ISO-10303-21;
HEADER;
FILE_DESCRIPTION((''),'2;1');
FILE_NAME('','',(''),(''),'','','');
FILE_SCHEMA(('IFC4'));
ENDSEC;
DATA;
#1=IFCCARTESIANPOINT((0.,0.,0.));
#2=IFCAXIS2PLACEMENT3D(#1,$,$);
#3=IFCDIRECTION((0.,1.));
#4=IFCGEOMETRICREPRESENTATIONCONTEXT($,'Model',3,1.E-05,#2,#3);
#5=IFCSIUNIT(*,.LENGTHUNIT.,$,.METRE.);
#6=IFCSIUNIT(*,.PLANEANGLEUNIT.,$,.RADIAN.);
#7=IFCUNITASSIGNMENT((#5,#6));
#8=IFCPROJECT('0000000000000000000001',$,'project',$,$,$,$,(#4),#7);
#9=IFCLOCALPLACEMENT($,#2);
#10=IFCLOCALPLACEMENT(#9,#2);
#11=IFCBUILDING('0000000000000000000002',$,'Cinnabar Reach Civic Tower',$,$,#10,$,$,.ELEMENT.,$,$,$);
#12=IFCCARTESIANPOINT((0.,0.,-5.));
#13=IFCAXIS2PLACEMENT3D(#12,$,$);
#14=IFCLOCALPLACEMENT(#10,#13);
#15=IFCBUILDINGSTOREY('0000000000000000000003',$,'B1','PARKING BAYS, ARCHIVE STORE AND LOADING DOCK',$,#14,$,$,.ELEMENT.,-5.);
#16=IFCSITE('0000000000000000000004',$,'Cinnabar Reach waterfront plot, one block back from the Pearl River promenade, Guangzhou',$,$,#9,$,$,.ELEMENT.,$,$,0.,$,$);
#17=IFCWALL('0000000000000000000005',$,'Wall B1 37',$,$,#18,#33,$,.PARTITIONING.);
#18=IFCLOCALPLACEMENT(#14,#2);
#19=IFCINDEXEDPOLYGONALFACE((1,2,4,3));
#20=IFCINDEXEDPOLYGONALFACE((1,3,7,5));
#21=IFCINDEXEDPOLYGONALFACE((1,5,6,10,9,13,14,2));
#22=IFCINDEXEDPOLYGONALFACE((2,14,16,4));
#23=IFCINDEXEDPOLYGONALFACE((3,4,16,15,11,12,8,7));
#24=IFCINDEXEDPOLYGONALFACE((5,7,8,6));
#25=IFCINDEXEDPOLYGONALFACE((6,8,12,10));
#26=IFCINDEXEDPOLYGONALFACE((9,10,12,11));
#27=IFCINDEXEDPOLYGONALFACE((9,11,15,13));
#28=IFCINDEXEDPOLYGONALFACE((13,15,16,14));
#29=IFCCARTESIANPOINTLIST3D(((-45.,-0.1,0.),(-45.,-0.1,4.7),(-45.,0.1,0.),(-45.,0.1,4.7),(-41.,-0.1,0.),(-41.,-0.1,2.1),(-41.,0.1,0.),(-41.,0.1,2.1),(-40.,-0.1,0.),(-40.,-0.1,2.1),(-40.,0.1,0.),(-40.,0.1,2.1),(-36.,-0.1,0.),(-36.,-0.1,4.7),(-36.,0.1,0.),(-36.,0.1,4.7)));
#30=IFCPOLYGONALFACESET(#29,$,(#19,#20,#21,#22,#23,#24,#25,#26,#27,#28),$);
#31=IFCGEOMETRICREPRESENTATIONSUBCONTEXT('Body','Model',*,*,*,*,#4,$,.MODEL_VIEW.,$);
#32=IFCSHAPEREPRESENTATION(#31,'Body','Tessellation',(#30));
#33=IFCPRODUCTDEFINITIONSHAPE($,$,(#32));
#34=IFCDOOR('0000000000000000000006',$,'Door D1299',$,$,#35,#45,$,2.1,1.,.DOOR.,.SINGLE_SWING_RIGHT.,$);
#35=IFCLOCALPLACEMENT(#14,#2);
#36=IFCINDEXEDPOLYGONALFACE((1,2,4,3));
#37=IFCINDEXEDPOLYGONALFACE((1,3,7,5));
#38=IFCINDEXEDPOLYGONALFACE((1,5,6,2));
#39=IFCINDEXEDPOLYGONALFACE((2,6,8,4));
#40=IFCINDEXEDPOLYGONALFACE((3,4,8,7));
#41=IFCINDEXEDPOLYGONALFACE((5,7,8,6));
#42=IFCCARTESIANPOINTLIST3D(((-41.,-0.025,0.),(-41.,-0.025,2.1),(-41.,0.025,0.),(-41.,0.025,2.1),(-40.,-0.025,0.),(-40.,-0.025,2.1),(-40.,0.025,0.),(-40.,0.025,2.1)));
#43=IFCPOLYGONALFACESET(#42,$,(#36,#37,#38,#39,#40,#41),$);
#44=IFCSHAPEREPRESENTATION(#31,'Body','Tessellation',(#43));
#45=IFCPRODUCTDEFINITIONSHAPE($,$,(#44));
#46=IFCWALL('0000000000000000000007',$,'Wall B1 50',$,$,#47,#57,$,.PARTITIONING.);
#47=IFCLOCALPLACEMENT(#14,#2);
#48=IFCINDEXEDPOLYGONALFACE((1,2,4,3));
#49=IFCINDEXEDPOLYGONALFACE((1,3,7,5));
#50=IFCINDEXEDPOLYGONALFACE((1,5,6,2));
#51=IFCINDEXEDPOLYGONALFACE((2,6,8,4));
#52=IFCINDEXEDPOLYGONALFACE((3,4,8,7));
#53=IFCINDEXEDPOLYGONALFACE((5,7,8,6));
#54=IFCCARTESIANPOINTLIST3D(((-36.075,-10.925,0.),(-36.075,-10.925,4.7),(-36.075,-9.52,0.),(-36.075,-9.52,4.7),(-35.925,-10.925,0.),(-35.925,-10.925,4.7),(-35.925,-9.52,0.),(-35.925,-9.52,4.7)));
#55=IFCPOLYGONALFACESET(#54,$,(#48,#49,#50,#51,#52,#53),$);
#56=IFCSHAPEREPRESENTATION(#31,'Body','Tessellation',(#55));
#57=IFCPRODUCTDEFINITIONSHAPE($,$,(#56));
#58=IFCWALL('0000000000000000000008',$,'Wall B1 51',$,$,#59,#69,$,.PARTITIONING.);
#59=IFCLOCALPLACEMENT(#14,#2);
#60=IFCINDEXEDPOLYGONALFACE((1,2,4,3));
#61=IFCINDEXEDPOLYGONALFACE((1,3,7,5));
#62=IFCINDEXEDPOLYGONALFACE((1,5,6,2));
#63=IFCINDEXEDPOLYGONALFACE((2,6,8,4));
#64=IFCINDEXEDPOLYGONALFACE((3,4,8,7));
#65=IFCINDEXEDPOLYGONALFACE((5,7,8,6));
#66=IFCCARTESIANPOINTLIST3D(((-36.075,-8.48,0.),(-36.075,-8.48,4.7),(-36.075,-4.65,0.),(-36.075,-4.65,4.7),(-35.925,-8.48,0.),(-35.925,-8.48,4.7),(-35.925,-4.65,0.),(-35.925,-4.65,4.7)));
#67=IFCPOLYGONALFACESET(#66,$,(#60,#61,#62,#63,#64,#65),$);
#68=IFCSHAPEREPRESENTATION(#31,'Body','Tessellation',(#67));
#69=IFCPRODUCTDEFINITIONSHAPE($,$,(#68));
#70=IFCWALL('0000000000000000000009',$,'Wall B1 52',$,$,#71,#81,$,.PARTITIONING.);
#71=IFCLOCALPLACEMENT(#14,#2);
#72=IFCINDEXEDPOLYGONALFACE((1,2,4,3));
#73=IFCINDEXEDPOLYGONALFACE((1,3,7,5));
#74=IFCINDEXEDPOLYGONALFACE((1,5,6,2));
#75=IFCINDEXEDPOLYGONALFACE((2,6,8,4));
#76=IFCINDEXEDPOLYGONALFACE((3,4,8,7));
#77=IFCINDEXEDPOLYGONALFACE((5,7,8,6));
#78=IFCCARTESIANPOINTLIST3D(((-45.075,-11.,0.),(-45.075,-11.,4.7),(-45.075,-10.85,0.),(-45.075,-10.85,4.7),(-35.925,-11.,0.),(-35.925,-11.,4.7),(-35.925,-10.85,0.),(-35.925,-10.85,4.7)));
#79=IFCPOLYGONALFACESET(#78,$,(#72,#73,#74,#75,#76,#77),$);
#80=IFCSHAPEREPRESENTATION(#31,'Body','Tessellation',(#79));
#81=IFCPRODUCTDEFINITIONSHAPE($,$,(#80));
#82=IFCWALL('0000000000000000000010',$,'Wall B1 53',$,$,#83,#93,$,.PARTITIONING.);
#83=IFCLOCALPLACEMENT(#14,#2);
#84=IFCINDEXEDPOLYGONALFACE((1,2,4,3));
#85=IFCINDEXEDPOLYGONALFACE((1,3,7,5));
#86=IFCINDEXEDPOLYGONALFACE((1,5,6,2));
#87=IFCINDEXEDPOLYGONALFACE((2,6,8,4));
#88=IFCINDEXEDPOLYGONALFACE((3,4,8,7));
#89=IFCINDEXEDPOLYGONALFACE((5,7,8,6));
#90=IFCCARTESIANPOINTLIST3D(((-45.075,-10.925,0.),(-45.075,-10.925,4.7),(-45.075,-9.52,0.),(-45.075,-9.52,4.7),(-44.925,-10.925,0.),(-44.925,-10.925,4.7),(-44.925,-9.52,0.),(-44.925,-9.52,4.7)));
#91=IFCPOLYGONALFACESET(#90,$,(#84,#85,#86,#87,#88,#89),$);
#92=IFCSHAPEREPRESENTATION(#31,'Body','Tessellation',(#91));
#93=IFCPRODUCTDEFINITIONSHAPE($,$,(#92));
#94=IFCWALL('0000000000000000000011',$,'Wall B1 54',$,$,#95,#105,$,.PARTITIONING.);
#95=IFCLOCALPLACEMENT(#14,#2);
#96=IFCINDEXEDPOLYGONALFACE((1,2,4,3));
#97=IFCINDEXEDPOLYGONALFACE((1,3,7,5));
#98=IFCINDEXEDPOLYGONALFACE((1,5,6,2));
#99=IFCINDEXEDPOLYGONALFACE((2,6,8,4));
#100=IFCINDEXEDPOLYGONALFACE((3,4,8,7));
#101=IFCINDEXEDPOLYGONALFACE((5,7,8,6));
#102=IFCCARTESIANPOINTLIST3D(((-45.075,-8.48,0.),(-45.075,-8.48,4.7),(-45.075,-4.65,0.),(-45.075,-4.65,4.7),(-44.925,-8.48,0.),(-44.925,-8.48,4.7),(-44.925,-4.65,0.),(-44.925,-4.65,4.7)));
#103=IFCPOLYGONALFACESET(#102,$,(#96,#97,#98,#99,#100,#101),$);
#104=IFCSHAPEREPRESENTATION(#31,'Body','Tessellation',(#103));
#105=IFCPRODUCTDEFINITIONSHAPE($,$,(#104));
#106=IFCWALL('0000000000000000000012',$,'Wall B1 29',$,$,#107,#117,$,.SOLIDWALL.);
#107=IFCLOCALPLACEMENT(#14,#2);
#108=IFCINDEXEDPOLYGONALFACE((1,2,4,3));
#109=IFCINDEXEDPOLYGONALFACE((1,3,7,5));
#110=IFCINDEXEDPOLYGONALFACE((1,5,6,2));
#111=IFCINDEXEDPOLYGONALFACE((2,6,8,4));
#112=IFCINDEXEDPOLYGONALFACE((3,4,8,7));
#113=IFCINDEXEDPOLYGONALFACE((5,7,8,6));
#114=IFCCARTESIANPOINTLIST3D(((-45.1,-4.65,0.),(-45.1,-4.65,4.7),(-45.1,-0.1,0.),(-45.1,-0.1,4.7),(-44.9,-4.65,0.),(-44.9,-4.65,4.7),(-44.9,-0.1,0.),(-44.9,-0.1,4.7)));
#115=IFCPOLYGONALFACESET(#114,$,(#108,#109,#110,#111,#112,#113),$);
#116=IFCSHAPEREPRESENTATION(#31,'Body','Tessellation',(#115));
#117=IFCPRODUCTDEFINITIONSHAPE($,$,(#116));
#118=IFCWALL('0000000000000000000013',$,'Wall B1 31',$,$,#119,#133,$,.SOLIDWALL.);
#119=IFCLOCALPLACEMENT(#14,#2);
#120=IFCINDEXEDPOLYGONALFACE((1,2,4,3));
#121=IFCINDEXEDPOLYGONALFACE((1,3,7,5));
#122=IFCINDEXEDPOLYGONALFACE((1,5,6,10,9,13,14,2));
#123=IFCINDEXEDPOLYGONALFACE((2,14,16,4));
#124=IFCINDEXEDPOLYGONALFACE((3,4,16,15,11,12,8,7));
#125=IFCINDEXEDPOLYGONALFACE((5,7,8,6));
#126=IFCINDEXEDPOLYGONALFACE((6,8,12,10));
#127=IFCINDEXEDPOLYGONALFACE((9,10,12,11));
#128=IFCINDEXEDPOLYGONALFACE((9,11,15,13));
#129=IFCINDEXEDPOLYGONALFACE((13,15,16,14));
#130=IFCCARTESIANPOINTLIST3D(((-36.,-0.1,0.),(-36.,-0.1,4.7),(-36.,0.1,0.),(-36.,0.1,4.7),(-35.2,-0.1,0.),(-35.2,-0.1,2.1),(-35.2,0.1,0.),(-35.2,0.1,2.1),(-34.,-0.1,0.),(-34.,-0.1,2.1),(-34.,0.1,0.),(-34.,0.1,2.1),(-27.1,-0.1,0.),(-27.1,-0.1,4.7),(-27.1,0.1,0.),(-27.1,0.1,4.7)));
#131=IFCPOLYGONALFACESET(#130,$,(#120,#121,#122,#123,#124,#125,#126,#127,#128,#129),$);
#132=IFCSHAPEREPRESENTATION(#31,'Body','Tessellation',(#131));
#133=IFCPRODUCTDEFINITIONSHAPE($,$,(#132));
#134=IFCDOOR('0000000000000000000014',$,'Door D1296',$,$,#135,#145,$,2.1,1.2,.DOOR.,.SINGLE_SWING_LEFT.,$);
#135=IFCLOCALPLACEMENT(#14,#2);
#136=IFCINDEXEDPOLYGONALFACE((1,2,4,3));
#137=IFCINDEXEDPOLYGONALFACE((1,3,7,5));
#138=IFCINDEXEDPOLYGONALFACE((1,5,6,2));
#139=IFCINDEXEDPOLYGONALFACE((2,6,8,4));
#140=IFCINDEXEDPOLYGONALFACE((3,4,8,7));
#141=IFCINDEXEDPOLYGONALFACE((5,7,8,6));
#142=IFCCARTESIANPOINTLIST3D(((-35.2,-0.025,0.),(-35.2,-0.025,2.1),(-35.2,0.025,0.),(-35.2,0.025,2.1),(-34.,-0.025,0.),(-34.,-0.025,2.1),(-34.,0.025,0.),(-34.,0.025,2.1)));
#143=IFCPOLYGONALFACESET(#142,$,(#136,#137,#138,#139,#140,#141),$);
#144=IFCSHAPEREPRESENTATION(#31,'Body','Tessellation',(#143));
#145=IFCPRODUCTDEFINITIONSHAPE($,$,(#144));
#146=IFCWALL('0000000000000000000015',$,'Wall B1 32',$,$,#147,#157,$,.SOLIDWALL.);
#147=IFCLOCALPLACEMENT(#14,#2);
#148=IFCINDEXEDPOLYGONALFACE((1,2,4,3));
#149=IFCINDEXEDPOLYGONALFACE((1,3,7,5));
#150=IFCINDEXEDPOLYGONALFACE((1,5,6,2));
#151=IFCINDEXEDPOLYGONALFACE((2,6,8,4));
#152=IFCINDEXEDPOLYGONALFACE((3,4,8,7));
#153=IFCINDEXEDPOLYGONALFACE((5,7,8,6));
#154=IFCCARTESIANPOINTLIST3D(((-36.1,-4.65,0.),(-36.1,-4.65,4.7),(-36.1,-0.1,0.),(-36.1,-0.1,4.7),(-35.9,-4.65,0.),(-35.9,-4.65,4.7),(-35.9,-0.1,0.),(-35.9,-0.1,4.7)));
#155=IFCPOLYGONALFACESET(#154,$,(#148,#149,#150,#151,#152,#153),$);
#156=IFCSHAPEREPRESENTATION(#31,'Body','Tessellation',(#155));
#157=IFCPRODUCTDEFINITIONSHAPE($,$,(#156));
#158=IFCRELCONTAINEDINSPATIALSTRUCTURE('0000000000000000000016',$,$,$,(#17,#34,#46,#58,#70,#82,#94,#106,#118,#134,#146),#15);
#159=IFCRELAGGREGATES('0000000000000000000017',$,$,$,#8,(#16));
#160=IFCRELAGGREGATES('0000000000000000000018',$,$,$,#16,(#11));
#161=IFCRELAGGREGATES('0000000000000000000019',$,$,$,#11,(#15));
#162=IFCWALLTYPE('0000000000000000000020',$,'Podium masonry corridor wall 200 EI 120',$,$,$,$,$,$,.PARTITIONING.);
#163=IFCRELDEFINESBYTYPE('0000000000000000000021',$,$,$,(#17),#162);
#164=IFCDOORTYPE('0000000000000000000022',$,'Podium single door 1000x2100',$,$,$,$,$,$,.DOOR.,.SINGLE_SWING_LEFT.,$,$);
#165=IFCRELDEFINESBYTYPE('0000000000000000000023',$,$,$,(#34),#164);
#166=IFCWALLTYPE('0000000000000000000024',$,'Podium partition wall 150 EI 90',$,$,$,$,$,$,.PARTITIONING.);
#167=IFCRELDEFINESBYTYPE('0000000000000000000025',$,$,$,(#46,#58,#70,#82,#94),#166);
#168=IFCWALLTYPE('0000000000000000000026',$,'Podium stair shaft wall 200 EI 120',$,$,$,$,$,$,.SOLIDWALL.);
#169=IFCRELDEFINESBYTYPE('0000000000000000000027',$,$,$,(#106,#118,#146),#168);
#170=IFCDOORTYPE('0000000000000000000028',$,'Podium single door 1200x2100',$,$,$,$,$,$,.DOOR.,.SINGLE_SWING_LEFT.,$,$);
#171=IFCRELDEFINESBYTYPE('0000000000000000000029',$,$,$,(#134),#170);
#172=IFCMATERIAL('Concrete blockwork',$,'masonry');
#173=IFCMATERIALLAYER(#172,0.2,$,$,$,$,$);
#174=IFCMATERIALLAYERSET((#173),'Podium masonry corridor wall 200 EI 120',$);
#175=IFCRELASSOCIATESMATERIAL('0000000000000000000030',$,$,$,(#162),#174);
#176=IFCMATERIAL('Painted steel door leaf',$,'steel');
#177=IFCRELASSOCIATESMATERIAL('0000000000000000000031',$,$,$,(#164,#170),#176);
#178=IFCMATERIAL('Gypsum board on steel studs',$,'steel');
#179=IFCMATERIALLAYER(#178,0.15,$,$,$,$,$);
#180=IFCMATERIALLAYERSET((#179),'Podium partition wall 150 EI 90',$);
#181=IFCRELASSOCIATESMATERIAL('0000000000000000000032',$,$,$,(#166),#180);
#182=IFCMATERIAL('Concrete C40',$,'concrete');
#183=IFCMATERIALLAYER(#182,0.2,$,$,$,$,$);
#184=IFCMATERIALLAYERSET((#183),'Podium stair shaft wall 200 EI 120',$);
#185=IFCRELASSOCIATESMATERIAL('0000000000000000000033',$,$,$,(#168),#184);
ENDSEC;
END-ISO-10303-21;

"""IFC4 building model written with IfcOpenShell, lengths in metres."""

from ifc_helpers import new_model, si_unit, direction, frame, frame_2d, origin, place, context, subcontext, project, spatial, rectangle, extrude, material, layer, layer_set, type_object, element, fill, save


model = new_model("IFC4")

# Units and contexts
model_context = context("Model", 3, precision=1e-05, world=origin(), true_north=direction((0.0, 1.0)))
body_context = subcontext(model_context, "Body", "Model", "MODEL_VIEW")
ifc_project = project(units=[si_unit("LENGTHUNIT", "METRE"), si_unit("PLANEANGLEUNIT", "RADIAN")], contexts=[model_context])

# Site, building, storey
site_placement = place(None, origin())
site = spatial("IfcSite", under=ifc_project, at=site_placement, Name="Cinnabar Reach waterfront plot, one block back from the Pearl River promenade, Guangzhou", CompositionType="ELEMENT", RefElevation=0.0)
building_placement = place(site_placement, origin())
building = spatial("IfcBuilding", under=site, at=building_placement, Name="Cinnabar Reach Civic Tower", CompositionType="ELEMENT")
storey_placement = place(building_placement, frame((0.0, 0.0, -5.0)))
storey = spatial("IfcBuildingStorey", under=building, at=storey_placement, Name="B1", Description="PARKING BAYS, ARCHIVE STORE AND LOADING DOCK", CompositionType="ELEMENT", Elevation=-5.0)

# Wall, opening, door
ifc_material_1 = material(Name="Concrete blockwork", Category="masonry")
ifc_layer_1 = layer(ifc_material_1, 0.2)
ifc_layer_set_1 = layer_set([ifc_layer_1], Name="Podium masonry corridor wall 200 EI 120")
wall_type_1 = type_object("IfcWallType", Name="Podium masonry corridor wall 200 EI 120", PredefinedType="PARTITIONING", material=ifc_layer_set_1)
wall_1_placement = place(storey_placement, frame((-45.0, 0.0, 0.0), z_axis=(0.0, 0.0, 1.0), x_axis=(1.0, 0.0, 0.0)))
wall_1 = element("IfcWall", 1, at=wall_1_placement, inside=storey, type_object=wall_type_1, Name="Wall B1 37", PredefinedType="PARTITIONING", context=body_context, shape_type="SweptSolid", body=[
    extrude(rectangle(XDim=9.0, YDim=0.2, at=frame_2d((4.5, 0.0))), origin(), (0.0, 0.0, 1.0), 4.7),
])
opening_1_placement = place(wall_1_placement, frame((4.0, 0.0, 0.0)))
opening_1 = element("IfcOpeningElement", 2, at=opening_1_placement, cuts=wall_1, PredefinedType="OPENING", context=body_context, shape_type="SweptSolid", body=[
    extrude(rectangle(XDim=1.0, YDim=2.1, at=frame_2d((0.5, 1.05))), frame((0.0, 0.11, 0.0), z_axis=(0.0, -1.0, 0.0), x_axis=(1.0, 0.0, 0.0)), (0.0, 0.0, 1.0), 0.22),
])
ifc_material_2 = material(Name="Painted steel door leaf", Category="steel")
door_type_1 = type_object("IfcDoorType", Name="Podium single door 1000x2100", OperationType="SINGLE_SWING_LEFT", PredefinedType="DOOR", material=ifc_material_2)
door_1_placement = place(opening_1_placement, frame((1.0, 0.0, 0.0), z_axis=(0.0, 0.0, 1.0), x_axis=(-1.0, 0.0, 0.0)))
door_1 = element("IfcDoor", 3, at=door_1_placement, inside=storey, type_object=door_type_1, Name="Door D1299", OperationType="SINGLE_SWING_RIGHT", OverallHeight=2.1, OverallWidth=1.0, PredefinedType="DOOR", context=body_context, shape_type="SweptSolid", body=[
    extrude(rectangle(XDim=1.0, YDim=2.1, at=frame_2d((0.5, 1.05))), frame((0.0, 0.025, 0.0), z_axis=(0.0, -1.0, 0.0), x_axis=(1.0, 0.0, 0.0)), (0.0, 0.0, 1.0), 0.05),
])
fill(opening_1, door_1)

# Walls
ifc_material_3 = material(Name="Gypsum board on steel studs", Category="steel")
ifc_layer_2 = layer(ifc_material_3, 0.15)
ifc_layer_set_2 = layer_set([ifc_layer_2], Name="Podium partition wall 150 EI 90")
wall_type_2 = type_object("IfcWallType", Name="Podium partition wall 150 EI 90", PredefinedType="PARTITIONING", material=ifc_layer_set_2)
wall_2_placement = place(storey_placement, frame((-36.0, -10.925, 0.0), z_axis=(0.0, 0.0, 1.0), x_axis=(0.0, 1.0, 0.0)))
element("IfcWall", 4, at=wall_2_placement, inside=storey, type_object=wall_type_2, Name="Wall B1 50", PredefinedType="PARTITIONING", context=body_context, shape_type="SweptSolid", body=[
    extrude(rectangle(XDim=1.405, YDim=0.15, at=frame_2d((0.7025, 0.0))), origin(), (0.0, 0.0, 1.0), 4.7),
])
wall_3_placement = place(storey_placement, frame((-36.0, -8.48, 0.0), z_axis=(0.0, 0.0, 1.0), x_axis=(0.0, 1.0, 0.0)))
element("IfcWall", 5, at=wall_3_placement, inside=storey, type_object=wall_type_2, Name="Wall B1 51", PredefinedType="PARTITIONING", context=body_context, shape_type="SweptSolid", body=[
    extrude(rectangle(XDim=3.83, YDim=0.15, at=frame_2d((1.915, 0.0))), origin(), (0.0, 0.0, 1.0), 4.7),
])
wall_4_placement = place(storey_placement, frame((-45.075, -10.925, 0.0), z_axis=(0.0, 0.0, 1.0), x_axis=(1.0, 0.0, 0.0)))
element("IfcWall", 6, at=wall_4_placement, inside=storey, type_object=wall_type_2, Name="Wall B1 52", PredefinedType="PARTITIONING", context=body_context, shape_type="SweptSolid", body=[
    extrude(rectangle(XDim=9.15, YDim=0.15, at=frame_2d((4.575, 0.0))), origin(), (0.0, 0.0, 1.0), 4.7),
])
wall_5_placement = place(storey_placement, frame((-45.0, -10.925, 0.0), z_axis=(0.0, 0.0, 1.0), x_axis=(0.0, 1.0, 0.0)))
element("IfcWall", 7, at=wall_5_placement, inside=storey, type_object=wall_type_2, Name="Wall B1 53", PredefinedType="PARTITIONING", context=body_context, shape_type="SweptSolid", body=[
    extrude(rectangle(XDim=1.405, YDim=0.15, at=frame_2d((0.7025, 0.0))), origin(), (0.0, 0.0, 1.0), 4.7),
])
wall_6_placement = place(storey_placement, frame((-45.0, -8.48, 0.0), z_axis=(0.0, 0.0, 1.0), x_axis=(0.0, 1.0, 0.0)))
element("IfcWall", 8, at=wall_6_placement, inside=storey, type_object=wall_type_2, Name="Wall B1 54", PredefinedType="PARTITIONING", context=body_context, shape_type="SweptSolid", body=[
    extrude(rectangle(XDim=3.83, YDim=0.15, at=frame_2d((1.915, 0.0))), origin(), (0.0, 0.0, 1.0), 4.7),
])
ifc_material_4 = material(Name="Concrete C40", Category="concrete")
ifc_layer_3 = layer(ifc_material_4, 0.2)
ifc_layer_set_3 = layer_set([ifc_layer_3], Name="Podium stair shaft wall 200 EI 120")
wall_type_3 = type_object("IfcWallType", Name="Podium stair shaft wall 200 EI 120", PredefinedType="SOLIDWALL", material=ifc_layer_set_3)
wall_7_placement = place(storey_placement, frame((-45.0, -4.65, 0.0), z_axis=(0.0, 0.0, 1.0), x_axis=(0.0, 1.0, 0.0)))
element("IfcWall", 9, at=wall_7_placement, inside=storey, type_object=wall_type_3, Name="Wall B1 29", PredefinedType="SOLIDWALL", context=body_context, shape_type="SweptSolid", body=[
    extrude(rectangle(XDim=4.55, YDim=0.2, at=frame_2d((2.275, 0.0))), origin(), (0.0, 0.0, 1.0), 4.7),
])

# Wall, opening, door
wall_8_placement = place(storey_placement, frame((-36.0, 0.0, 0.0), z_axis=(0.0, 0.0, 1.0), x_axis=(1.0, 0.0, 0.0)))
wall_8 = element("IfcWall", 10, at=wall_8_placement, inside=storey, type_object=wall_type_3, Name="Wall B1 31", PredefinedType="SOLIDWALL", context=body_context, shape_type="SweptSolid", body=[
    extrude(rectangle(XDim=8.9, YDim=0.2, at=frame_2d((4.45, 0.0))), origin(), (0.0, 0.0, 1.0), 4.7),
])
opening_2_placement = place(wall_8_placement, frame((0.8, 0.0, 0.0)))
opening_2 = element("IfcOpeningElement", 11, at=opening_2_placement, cuts=wall_8, PredefinedType="OPENING", context=body_context, shape_type="SweptSolid", body=[
    extrude(rectangle(XDim=1.2, YDim=2.1, at=frame_2d((0.6, 1.05))), frame((0.0, 0.11, 0.0), z_axis=(0.0, -1.0, 0.0), x_axis=(1.0, 0.0, 0.0)), (0.0, 0.0, 1.0), 0.22),
])
door_type_2 = type_object("IfcDoorType", Name="Podium single door 1200x2100", OperationType="SINGLE_SWING_LEFT", PredefinedType="DOOR", material=ifc_material_2)
door_2_placement = place(opening_2_placement, frame((1.2, 0.0, 0.0), z_axis=(0.0, 0.0, 1.0), x_axis=(-1.0, 0.0, 0.0)))
door_2 = element("IfcDoor", 12, at=door_2_placement, inside=storey, type_object=door_type_2, Name="Door D1296", OperationType="SINGLE_SWING_LEFT", OverallHeight=2.1, OverallWidth=1.2, PredefinedType="DOOR", context=body_context, shape_type="SweptSolid", body=[
    extrude(rectangle(XDim=1.2, YDim=2.1, at=frame_2d((0.6, 1.05))), frame((0.0, 0.025, 0.0), z_axis=(0.0, -1.0, 0.0), x_axis=(1.0, 0.0, 0.0)), (0.0, 0.0, 1.0), 0.05),
])
fill(opening_2, door_2)

# Wall
wall_9_placement = place(storey_placement, frame((-36.0, -4.65, 0.0), z_axis=(0.0, 0.0, 1.0), x_axis=(0.0, 1.0, 0.0)))
element("IfcWall", 13, at=wall_9_placement, inside=storey, type_object=wall_type_3, Name="Wall B1 32", PredefinedType="SOLIDWALL", context=body_context, shape_type="SweptSolid", body=[
    extrude(rectangle(XDim=4.55, YDim=0.2, at=frame_2d((2.275, 0.0))), origin(), (0.0, 0.0, 1.0), 4.7),
])

save(model, "model.ifc")
